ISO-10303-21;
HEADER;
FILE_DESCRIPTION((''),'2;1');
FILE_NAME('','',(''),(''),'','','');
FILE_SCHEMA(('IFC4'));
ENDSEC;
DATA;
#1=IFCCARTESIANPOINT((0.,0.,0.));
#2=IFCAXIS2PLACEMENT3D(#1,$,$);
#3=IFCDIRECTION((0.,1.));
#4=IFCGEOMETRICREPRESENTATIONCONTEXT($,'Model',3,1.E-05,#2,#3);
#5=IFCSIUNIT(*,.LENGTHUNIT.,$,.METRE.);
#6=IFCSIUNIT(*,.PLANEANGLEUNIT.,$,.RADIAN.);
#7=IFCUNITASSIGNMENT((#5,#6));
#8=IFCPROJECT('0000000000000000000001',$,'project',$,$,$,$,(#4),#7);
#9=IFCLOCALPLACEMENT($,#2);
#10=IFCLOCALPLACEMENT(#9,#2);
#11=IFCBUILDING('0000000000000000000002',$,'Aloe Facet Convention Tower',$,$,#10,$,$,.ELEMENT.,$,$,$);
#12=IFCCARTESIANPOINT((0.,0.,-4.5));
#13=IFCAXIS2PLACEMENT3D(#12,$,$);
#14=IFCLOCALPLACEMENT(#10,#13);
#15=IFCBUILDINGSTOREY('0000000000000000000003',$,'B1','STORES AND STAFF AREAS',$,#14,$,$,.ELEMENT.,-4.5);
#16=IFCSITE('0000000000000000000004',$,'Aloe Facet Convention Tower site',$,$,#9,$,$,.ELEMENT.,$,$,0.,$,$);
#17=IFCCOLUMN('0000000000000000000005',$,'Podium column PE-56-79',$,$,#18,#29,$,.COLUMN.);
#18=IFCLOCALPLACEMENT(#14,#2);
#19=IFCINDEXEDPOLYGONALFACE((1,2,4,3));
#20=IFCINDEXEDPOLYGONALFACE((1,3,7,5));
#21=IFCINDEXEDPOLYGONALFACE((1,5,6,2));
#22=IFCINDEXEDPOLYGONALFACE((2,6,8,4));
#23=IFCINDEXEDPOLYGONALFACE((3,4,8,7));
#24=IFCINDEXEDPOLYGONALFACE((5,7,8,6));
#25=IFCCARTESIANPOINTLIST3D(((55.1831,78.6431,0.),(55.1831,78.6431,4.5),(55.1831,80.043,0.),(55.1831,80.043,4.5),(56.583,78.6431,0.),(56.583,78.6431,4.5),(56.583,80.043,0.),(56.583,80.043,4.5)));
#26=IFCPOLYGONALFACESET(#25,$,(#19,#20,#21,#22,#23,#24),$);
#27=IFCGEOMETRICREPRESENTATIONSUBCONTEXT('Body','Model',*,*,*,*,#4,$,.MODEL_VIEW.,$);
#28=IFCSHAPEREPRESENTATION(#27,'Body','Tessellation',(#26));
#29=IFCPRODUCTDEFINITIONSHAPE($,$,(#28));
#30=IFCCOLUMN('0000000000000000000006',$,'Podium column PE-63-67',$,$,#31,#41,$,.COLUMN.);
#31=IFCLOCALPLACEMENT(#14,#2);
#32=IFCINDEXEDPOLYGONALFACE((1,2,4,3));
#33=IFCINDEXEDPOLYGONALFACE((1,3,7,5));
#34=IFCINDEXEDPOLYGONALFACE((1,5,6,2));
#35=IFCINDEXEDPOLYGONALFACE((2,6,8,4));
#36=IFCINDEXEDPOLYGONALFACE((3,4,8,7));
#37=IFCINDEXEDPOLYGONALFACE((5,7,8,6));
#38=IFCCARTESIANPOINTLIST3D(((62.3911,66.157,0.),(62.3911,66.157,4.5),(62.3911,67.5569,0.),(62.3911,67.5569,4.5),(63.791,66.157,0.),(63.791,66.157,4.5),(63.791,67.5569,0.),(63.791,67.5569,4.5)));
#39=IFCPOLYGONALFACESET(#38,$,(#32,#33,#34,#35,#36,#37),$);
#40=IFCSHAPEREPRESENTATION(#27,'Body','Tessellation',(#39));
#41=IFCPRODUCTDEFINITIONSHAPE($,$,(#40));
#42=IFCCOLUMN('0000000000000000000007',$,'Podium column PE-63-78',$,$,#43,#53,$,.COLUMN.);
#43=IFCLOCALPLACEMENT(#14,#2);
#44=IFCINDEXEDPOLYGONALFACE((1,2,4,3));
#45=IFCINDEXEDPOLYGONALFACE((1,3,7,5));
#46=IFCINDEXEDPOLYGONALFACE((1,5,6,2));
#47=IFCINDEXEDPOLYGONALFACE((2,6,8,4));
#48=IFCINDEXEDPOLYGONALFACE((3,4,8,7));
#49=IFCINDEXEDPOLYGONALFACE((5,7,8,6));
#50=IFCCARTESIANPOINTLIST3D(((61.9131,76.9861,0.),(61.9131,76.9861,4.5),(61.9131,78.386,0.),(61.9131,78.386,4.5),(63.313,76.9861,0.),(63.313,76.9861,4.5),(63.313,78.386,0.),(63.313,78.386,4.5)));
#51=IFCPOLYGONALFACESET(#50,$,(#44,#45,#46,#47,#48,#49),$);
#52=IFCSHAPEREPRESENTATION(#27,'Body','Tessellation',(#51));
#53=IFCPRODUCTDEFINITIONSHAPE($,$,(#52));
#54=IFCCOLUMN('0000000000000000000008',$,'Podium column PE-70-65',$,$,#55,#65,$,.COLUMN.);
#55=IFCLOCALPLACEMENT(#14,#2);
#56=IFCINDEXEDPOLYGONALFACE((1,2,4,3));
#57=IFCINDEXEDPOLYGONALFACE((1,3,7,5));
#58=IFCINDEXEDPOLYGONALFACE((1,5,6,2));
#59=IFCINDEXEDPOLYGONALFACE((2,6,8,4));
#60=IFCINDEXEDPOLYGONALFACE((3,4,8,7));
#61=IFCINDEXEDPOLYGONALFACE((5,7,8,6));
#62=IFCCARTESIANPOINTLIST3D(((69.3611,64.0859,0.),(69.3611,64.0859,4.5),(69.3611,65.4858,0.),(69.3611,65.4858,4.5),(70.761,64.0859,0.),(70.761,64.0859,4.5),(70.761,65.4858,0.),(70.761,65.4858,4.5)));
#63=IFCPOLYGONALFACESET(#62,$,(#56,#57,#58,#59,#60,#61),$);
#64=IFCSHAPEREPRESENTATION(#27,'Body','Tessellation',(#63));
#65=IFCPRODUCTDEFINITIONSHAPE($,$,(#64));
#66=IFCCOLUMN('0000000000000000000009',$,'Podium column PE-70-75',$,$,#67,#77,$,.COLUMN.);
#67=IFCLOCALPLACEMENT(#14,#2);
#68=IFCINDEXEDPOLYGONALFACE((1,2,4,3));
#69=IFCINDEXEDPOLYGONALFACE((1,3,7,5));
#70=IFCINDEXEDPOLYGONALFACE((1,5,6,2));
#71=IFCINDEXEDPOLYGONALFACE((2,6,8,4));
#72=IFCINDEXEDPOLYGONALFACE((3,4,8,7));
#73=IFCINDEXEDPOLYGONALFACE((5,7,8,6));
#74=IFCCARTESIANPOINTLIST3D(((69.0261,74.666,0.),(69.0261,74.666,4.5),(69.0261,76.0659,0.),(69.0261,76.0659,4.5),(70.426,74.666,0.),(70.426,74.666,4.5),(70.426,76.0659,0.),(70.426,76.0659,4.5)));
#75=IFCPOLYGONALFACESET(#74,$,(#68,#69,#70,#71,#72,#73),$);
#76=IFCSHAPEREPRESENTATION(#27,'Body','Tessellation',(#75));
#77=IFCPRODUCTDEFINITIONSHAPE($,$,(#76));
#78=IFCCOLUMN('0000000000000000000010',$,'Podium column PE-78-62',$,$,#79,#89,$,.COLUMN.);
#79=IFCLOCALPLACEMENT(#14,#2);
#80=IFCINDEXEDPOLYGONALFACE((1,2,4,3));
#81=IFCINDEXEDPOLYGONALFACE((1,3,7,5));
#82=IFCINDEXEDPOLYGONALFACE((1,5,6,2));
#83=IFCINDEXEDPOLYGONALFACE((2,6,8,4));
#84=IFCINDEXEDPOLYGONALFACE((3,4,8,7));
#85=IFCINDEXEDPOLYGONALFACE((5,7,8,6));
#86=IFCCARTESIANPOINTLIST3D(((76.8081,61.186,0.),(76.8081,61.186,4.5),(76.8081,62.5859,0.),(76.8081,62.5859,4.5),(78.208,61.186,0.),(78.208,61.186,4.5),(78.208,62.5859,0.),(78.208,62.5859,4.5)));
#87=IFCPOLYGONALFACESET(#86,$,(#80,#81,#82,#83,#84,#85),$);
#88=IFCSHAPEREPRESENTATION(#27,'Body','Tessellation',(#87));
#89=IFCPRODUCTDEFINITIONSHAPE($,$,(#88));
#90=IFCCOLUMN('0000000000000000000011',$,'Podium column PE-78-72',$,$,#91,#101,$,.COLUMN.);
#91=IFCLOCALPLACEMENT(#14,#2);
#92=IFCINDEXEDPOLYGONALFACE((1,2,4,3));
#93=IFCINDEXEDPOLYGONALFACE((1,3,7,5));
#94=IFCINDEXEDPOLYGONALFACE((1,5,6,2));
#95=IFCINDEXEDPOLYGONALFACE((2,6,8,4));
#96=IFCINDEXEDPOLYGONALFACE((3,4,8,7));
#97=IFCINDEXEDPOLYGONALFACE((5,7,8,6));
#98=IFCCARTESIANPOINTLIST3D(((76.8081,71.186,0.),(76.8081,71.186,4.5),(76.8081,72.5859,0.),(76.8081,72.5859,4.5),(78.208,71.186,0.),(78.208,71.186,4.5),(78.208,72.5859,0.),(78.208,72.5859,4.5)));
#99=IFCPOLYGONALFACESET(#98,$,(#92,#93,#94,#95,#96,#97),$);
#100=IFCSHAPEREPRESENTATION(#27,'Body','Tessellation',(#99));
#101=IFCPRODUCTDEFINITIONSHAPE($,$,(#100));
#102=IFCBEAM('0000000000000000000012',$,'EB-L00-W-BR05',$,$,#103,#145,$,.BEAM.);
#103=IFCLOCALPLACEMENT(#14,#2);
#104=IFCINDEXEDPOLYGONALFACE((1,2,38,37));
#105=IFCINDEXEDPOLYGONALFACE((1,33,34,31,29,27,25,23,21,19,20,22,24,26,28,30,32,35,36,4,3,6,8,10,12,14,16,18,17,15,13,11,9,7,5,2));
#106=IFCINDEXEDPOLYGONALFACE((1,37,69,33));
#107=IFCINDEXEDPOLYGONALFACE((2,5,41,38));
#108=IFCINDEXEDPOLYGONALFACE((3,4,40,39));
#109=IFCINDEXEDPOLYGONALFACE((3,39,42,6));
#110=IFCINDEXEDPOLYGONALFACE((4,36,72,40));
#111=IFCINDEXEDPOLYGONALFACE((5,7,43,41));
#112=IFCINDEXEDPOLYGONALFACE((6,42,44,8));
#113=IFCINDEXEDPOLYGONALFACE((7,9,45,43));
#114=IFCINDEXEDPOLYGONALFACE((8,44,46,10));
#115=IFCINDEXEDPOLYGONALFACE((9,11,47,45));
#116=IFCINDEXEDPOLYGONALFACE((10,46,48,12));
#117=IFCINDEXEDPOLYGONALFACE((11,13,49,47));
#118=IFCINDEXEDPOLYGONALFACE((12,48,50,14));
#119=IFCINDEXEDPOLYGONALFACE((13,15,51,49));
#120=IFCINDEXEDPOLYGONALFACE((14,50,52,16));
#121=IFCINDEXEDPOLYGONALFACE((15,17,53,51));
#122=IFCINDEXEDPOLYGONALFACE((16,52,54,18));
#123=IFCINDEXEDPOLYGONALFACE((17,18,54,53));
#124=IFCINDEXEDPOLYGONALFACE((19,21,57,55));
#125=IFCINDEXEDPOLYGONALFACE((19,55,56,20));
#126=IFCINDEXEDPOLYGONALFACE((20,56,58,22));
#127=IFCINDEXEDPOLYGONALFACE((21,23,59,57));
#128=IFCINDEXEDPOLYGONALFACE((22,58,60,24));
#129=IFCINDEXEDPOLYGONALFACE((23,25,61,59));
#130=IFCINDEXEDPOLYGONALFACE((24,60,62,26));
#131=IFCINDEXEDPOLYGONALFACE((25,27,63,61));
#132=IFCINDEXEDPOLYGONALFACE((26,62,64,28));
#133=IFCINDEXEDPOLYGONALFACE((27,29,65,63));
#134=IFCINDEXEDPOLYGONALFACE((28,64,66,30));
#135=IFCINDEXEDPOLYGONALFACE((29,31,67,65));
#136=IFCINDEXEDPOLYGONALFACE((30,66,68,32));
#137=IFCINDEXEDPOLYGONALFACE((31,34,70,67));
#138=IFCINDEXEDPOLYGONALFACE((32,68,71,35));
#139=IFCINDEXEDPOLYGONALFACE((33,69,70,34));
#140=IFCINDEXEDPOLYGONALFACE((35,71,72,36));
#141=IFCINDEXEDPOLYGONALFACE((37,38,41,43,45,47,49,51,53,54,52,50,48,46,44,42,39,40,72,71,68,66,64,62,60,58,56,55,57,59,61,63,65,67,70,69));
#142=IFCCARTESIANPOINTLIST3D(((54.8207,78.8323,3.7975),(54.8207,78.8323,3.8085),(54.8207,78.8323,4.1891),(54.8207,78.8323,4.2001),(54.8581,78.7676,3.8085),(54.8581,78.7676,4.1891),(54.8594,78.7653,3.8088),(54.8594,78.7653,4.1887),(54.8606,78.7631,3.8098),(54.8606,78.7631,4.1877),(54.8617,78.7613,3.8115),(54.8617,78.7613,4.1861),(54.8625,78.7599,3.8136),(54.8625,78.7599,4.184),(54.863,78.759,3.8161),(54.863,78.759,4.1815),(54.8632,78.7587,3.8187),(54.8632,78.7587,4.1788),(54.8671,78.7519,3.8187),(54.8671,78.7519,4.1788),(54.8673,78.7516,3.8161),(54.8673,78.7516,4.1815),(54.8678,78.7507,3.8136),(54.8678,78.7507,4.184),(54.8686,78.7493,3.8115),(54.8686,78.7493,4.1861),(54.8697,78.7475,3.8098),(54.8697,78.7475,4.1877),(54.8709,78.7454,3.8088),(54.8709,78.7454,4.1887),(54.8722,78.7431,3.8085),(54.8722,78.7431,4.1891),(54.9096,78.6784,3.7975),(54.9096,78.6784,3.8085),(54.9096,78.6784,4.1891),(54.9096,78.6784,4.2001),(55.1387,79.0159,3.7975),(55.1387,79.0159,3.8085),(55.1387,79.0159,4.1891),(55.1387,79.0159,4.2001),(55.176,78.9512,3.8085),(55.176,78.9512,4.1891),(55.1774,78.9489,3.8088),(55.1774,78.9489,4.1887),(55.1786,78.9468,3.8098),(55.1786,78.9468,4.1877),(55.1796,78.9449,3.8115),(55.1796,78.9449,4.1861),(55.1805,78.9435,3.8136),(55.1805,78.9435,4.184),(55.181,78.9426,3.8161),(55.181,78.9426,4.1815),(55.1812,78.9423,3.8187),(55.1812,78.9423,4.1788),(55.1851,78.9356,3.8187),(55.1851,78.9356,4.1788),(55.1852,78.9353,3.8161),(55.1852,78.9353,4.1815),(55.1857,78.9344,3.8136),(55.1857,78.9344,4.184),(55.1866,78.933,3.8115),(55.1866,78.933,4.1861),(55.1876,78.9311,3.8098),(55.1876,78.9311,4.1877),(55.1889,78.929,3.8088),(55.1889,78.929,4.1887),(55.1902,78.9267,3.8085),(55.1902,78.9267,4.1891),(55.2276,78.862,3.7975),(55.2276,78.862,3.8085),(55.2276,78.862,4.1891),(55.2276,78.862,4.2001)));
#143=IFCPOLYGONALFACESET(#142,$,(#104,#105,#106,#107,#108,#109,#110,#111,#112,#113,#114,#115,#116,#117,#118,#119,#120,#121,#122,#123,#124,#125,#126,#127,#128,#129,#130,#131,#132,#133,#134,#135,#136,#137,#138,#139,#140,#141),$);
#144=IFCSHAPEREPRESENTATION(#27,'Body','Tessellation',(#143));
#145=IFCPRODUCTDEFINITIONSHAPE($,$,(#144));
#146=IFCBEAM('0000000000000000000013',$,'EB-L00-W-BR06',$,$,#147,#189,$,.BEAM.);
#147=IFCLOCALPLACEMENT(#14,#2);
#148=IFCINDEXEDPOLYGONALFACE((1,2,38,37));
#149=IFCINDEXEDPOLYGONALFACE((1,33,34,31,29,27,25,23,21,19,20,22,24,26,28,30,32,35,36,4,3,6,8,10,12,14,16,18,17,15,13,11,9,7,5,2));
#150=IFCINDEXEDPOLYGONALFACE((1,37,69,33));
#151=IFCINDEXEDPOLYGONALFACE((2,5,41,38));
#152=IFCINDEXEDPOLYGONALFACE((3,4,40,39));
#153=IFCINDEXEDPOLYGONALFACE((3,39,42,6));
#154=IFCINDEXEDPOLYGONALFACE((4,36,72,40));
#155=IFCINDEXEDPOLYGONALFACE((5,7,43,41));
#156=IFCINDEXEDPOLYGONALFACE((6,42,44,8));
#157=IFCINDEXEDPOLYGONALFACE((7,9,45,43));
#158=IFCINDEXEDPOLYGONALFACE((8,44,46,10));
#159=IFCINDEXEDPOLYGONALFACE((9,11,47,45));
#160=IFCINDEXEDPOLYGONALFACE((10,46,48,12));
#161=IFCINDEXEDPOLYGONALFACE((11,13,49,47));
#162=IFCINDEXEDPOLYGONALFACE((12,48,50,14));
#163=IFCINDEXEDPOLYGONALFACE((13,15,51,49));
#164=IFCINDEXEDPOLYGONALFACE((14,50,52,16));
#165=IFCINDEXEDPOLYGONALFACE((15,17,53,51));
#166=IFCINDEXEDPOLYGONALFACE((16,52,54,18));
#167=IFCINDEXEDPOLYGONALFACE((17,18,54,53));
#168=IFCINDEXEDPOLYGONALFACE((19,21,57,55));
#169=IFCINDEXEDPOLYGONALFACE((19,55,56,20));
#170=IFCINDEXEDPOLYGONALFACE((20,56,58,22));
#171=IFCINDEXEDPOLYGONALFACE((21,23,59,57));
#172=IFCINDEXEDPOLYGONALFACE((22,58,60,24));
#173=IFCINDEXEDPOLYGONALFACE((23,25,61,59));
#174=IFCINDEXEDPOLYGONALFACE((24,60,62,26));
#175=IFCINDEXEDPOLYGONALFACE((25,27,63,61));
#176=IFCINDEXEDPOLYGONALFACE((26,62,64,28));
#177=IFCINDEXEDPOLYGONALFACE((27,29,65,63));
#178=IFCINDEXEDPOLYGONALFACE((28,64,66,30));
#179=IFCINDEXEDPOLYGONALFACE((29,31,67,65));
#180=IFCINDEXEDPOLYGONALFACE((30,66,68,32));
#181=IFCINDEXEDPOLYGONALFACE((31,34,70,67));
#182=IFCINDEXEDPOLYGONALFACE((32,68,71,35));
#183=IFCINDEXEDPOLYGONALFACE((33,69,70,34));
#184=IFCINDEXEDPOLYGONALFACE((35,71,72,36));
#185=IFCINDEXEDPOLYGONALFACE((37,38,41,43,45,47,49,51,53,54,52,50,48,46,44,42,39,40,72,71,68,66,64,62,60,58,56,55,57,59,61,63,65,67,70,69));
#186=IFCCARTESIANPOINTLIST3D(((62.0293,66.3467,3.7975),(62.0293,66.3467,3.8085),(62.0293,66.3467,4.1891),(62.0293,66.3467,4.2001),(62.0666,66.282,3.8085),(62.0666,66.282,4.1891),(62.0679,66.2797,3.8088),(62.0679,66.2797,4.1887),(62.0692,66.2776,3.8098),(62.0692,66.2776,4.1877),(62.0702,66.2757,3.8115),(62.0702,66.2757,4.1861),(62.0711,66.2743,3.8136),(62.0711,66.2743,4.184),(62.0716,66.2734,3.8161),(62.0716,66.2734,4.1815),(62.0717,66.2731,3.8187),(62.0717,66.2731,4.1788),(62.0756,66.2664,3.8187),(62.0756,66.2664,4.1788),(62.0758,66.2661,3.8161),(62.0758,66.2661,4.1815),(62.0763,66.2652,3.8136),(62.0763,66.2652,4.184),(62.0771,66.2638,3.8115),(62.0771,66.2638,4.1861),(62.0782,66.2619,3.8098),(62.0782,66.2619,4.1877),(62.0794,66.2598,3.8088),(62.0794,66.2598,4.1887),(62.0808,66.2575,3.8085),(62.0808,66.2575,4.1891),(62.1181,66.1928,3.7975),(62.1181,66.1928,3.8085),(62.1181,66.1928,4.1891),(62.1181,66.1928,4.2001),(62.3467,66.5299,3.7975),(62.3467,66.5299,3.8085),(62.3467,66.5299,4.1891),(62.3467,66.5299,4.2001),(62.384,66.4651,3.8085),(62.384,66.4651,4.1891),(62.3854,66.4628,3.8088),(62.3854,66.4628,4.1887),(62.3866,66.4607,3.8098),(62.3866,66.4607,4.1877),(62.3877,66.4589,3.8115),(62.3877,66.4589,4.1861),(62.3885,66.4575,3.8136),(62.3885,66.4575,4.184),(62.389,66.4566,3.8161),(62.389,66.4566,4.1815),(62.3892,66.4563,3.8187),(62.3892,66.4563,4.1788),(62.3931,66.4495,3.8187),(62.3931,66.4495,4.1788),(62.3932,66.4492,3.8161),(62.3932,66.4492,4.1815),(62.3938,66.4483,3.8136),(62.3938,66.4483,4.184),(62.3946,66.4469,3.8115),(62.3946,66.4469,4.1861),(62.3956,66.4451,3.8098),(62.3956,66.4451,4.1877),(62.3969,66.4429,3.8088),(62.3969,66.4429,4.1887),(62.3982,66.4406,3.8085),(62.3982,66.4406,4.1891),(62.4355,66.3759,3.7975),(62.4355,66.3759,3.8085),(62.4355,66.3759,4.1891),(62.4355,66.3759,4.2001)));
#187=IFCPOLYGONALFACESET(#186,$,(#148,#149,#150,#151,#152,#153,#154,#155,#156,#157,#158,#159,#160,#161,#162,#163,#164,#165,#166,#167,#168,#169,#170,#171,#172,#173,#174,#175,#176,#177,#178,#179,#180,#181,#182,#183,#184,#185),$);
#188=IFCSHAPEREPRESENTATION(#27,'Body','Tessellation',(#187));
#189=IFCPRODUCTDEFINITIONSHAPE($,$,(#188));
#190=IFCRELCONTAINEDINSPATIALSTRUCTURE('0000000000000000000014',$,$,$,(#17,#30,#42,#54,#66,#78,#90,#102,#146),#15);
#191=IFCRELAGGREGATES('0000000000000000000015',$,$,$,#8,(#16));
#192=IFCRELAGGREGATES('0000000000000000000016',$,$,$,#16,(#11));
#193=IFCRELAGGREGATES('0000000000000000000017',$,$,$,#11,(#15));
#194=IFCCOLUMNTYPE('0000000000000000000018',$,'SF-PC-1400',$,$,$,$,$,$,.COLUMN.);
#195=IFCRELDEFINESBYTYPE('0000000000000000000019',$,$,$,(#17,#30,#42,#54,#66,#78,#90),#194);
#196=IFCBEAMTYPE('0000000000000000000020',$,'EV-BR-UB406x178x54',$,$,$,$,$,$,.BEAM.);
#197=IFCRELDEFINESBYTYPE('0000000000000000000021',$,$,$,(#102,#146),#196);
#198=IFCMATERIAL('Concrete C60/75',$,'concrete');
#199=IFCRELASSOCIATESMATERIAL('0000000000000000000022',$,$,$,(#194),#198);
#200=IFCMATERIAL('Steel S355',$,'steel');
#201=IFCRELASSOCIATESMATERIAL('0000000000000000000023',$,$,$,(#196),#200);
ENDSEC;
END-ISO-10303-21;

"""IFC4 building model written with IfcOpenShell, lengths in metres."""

from ifc_helpers import new_model, si_unit, direction, frame, origin, origin_2d, place, context, subcontext, project, spatial, rectangle, i_section, extrude, material, material_profile, profile_set, type_object, element, save


model = new_model("IFC4")

# Units and contexts
model_context = context("Model", 3, precision=1e-05, world=origin(), true_north=direction((0.0, 1.0)))
body_context = subcontext(model_context, "Body", "Model", "MODEL_VIEW")
ifc_project = project(units=[si_unit("LENGTHUNIT", "METRE"), si_unit("PLANEANGLEUNIT", "RADIAN")], contexts=[model_context])

# Site, building, storey
site_placement = place(None, origin())
site = spatial("IfcSite", under=ifc_project, at=site_placement, Name="Aloe Facet Convention Tower site", CompositionType="ELEMENT", RefElevation=0.0)
building_placement = place(site_placement, origin())
building = spatial("IfcBuilding", under=site, at=building_placement, Name="Aloe Facet Convention Tower", CompositionType="ELEMENT")
storey_placement = place(building_placement, frame((0.0, 0.0, -4.5)))
storey = spatial("IfcBuildingStorey", under=building, at=storey_placement, Name="B1", Description="STORES AND STAFF AREAS", CompositionType="ELEMENT", Elevation=-4.5)

# Columns
ifc_material_1 = material(Name="Concrete C60/75", Category="concrete")
ifc_material_profile_1 = material_profile(ifc_material_1, rectangle(XDim=1.3999, YDim=1.3999, at=origin_2d()), Name="SF-PC-1400")
ifc_profile_set_1 = profile_set([ifc_material_profile_1], Name="Concrete C60/75")
column_type = type_object("IfcColumnType", Name="SF-PC-1400", PredefinedType="COLUMN", material=ifc_profile_set_1)
for number, where, z_axis, x_axis, name in (
    (1, (55.8831, 79.343, 0.0), (0.0, 0.0, 1.0), (1.0, 0.0, 0.0), "Podium column PE-56-79"),
    (2, (63.0911, 66.8569, 0.0), (0.0, 0.0, 1.0), (1.0, 0.0, 0.0), "Podium column PE-63-67"),
    (3, (62.613, 77.686, 0.0), (0.0, 0.0, 1.0), (1.0, 0.0, 0.0), "Podium column PE-63-78"),
    (4, (70.061, 64.7859, 0.0), (0.0, 0.0, 1.0), (1.0, 0.0, 0.0), "Podium column PE-70-65"),
    (5, (69.7261, 75.366, 0.0), (0.0, 0.0, 1.0), (1.0, 0.0, 0.0), "Podium column PE-70-75"),
    (6, (77.5081, 61.886, 0.0), (0.0, 0.0, 1.0), (1.0, 0.0, 0.0), "Podium column PE-78-62"),
    (7, (77.5081, 71.886, 0.0), (0.0, 0.0, 1.0), (1.0, 0.0, 0.0), "Podium column PE-78-72"),
):
    element("IfcColumn", number, at=place(storey_placement, frame(where, z_axis=z_axis, x_axis=x_axis)), inside=storey, type_object=column_type, Name=name, PredefinedType="COLUMN", context=body_context, shape_type="SweptSolid", body=[
        extrude(rectangle(XDim=1.3999, YDim=1.3999, at=origin_2d()), origin(), (0.0, 0.0, 1.0), 4.5),
    ])

# Beams
ifc_material_2 = material(Name="Steel S355", Category="steel")
ifc_material_profile_2 = material_profile(ifc_material_2, i_section(OverallWidth=0.1777, OverallDepth=0.4026, WebThickness=0.0078, FlangeThickness=0.011, FilletRadius=0.0103, at=origin_2d()), Name="UB 406x178x54")
ifc_profile_set_2 = profile_set([ifc_material_profile_2], Name="Steel S355")
beam_type_1 = type_object("IfcBeamType", Name="EV-BR-UB406x178x54", PredefinedType="BEAM", material=ifc_profile_set_2)
beam_1_placement = place(storey_placement, frame((55.1831, 78.939, 3.9988), z_axis=(-0.865942, -0.500145, 0.0), x_axis=(0.500145, -0.865942, 0.0)))
element("IfcBeam", 8, at=beam_1_placement, inside=storey, type_object=beam_type_1, Name="EB-L00-W-BR05", PredefinedType="BEAM", context=body_context, shape_type="SweptSolid", body=[
    extrude(i_section(OverallWidth=0.1777, OverallDepth=0.4026, WebThickness=0.0078, FlangeThickness=0.011, FilletRadius=0.0103, at=origin_2d()), origin(), (0.0, 0.0, 1.0), 0.3672),
])
beam_2_placement = place(storey_placement, frame((62.3911, 66.4529, 3.9988), z_axis=(-0.866186, -0.499722, 0.0), x_axis=(0.499722, -0.866186, 0.0)))
element("IfcBeam", 9, at=beam_2_placement, inside=storey, type_object=beam_type_1, Name="EB-L00-W-BR06", PredefinedType="BEAM", context=body_context, shape_type="SweptSolid", body=[
    extrude(i_section(OverallWidth=0.1777, OverallDepth=0.4026, WebThickness=0.0078, FlangeThickness=0.011, FilletRadius=0.0103, at=origin_2d()), origin(), (0.0, 0.0, 1.0), 0.3665),
])

save(model, "model.ifc")
